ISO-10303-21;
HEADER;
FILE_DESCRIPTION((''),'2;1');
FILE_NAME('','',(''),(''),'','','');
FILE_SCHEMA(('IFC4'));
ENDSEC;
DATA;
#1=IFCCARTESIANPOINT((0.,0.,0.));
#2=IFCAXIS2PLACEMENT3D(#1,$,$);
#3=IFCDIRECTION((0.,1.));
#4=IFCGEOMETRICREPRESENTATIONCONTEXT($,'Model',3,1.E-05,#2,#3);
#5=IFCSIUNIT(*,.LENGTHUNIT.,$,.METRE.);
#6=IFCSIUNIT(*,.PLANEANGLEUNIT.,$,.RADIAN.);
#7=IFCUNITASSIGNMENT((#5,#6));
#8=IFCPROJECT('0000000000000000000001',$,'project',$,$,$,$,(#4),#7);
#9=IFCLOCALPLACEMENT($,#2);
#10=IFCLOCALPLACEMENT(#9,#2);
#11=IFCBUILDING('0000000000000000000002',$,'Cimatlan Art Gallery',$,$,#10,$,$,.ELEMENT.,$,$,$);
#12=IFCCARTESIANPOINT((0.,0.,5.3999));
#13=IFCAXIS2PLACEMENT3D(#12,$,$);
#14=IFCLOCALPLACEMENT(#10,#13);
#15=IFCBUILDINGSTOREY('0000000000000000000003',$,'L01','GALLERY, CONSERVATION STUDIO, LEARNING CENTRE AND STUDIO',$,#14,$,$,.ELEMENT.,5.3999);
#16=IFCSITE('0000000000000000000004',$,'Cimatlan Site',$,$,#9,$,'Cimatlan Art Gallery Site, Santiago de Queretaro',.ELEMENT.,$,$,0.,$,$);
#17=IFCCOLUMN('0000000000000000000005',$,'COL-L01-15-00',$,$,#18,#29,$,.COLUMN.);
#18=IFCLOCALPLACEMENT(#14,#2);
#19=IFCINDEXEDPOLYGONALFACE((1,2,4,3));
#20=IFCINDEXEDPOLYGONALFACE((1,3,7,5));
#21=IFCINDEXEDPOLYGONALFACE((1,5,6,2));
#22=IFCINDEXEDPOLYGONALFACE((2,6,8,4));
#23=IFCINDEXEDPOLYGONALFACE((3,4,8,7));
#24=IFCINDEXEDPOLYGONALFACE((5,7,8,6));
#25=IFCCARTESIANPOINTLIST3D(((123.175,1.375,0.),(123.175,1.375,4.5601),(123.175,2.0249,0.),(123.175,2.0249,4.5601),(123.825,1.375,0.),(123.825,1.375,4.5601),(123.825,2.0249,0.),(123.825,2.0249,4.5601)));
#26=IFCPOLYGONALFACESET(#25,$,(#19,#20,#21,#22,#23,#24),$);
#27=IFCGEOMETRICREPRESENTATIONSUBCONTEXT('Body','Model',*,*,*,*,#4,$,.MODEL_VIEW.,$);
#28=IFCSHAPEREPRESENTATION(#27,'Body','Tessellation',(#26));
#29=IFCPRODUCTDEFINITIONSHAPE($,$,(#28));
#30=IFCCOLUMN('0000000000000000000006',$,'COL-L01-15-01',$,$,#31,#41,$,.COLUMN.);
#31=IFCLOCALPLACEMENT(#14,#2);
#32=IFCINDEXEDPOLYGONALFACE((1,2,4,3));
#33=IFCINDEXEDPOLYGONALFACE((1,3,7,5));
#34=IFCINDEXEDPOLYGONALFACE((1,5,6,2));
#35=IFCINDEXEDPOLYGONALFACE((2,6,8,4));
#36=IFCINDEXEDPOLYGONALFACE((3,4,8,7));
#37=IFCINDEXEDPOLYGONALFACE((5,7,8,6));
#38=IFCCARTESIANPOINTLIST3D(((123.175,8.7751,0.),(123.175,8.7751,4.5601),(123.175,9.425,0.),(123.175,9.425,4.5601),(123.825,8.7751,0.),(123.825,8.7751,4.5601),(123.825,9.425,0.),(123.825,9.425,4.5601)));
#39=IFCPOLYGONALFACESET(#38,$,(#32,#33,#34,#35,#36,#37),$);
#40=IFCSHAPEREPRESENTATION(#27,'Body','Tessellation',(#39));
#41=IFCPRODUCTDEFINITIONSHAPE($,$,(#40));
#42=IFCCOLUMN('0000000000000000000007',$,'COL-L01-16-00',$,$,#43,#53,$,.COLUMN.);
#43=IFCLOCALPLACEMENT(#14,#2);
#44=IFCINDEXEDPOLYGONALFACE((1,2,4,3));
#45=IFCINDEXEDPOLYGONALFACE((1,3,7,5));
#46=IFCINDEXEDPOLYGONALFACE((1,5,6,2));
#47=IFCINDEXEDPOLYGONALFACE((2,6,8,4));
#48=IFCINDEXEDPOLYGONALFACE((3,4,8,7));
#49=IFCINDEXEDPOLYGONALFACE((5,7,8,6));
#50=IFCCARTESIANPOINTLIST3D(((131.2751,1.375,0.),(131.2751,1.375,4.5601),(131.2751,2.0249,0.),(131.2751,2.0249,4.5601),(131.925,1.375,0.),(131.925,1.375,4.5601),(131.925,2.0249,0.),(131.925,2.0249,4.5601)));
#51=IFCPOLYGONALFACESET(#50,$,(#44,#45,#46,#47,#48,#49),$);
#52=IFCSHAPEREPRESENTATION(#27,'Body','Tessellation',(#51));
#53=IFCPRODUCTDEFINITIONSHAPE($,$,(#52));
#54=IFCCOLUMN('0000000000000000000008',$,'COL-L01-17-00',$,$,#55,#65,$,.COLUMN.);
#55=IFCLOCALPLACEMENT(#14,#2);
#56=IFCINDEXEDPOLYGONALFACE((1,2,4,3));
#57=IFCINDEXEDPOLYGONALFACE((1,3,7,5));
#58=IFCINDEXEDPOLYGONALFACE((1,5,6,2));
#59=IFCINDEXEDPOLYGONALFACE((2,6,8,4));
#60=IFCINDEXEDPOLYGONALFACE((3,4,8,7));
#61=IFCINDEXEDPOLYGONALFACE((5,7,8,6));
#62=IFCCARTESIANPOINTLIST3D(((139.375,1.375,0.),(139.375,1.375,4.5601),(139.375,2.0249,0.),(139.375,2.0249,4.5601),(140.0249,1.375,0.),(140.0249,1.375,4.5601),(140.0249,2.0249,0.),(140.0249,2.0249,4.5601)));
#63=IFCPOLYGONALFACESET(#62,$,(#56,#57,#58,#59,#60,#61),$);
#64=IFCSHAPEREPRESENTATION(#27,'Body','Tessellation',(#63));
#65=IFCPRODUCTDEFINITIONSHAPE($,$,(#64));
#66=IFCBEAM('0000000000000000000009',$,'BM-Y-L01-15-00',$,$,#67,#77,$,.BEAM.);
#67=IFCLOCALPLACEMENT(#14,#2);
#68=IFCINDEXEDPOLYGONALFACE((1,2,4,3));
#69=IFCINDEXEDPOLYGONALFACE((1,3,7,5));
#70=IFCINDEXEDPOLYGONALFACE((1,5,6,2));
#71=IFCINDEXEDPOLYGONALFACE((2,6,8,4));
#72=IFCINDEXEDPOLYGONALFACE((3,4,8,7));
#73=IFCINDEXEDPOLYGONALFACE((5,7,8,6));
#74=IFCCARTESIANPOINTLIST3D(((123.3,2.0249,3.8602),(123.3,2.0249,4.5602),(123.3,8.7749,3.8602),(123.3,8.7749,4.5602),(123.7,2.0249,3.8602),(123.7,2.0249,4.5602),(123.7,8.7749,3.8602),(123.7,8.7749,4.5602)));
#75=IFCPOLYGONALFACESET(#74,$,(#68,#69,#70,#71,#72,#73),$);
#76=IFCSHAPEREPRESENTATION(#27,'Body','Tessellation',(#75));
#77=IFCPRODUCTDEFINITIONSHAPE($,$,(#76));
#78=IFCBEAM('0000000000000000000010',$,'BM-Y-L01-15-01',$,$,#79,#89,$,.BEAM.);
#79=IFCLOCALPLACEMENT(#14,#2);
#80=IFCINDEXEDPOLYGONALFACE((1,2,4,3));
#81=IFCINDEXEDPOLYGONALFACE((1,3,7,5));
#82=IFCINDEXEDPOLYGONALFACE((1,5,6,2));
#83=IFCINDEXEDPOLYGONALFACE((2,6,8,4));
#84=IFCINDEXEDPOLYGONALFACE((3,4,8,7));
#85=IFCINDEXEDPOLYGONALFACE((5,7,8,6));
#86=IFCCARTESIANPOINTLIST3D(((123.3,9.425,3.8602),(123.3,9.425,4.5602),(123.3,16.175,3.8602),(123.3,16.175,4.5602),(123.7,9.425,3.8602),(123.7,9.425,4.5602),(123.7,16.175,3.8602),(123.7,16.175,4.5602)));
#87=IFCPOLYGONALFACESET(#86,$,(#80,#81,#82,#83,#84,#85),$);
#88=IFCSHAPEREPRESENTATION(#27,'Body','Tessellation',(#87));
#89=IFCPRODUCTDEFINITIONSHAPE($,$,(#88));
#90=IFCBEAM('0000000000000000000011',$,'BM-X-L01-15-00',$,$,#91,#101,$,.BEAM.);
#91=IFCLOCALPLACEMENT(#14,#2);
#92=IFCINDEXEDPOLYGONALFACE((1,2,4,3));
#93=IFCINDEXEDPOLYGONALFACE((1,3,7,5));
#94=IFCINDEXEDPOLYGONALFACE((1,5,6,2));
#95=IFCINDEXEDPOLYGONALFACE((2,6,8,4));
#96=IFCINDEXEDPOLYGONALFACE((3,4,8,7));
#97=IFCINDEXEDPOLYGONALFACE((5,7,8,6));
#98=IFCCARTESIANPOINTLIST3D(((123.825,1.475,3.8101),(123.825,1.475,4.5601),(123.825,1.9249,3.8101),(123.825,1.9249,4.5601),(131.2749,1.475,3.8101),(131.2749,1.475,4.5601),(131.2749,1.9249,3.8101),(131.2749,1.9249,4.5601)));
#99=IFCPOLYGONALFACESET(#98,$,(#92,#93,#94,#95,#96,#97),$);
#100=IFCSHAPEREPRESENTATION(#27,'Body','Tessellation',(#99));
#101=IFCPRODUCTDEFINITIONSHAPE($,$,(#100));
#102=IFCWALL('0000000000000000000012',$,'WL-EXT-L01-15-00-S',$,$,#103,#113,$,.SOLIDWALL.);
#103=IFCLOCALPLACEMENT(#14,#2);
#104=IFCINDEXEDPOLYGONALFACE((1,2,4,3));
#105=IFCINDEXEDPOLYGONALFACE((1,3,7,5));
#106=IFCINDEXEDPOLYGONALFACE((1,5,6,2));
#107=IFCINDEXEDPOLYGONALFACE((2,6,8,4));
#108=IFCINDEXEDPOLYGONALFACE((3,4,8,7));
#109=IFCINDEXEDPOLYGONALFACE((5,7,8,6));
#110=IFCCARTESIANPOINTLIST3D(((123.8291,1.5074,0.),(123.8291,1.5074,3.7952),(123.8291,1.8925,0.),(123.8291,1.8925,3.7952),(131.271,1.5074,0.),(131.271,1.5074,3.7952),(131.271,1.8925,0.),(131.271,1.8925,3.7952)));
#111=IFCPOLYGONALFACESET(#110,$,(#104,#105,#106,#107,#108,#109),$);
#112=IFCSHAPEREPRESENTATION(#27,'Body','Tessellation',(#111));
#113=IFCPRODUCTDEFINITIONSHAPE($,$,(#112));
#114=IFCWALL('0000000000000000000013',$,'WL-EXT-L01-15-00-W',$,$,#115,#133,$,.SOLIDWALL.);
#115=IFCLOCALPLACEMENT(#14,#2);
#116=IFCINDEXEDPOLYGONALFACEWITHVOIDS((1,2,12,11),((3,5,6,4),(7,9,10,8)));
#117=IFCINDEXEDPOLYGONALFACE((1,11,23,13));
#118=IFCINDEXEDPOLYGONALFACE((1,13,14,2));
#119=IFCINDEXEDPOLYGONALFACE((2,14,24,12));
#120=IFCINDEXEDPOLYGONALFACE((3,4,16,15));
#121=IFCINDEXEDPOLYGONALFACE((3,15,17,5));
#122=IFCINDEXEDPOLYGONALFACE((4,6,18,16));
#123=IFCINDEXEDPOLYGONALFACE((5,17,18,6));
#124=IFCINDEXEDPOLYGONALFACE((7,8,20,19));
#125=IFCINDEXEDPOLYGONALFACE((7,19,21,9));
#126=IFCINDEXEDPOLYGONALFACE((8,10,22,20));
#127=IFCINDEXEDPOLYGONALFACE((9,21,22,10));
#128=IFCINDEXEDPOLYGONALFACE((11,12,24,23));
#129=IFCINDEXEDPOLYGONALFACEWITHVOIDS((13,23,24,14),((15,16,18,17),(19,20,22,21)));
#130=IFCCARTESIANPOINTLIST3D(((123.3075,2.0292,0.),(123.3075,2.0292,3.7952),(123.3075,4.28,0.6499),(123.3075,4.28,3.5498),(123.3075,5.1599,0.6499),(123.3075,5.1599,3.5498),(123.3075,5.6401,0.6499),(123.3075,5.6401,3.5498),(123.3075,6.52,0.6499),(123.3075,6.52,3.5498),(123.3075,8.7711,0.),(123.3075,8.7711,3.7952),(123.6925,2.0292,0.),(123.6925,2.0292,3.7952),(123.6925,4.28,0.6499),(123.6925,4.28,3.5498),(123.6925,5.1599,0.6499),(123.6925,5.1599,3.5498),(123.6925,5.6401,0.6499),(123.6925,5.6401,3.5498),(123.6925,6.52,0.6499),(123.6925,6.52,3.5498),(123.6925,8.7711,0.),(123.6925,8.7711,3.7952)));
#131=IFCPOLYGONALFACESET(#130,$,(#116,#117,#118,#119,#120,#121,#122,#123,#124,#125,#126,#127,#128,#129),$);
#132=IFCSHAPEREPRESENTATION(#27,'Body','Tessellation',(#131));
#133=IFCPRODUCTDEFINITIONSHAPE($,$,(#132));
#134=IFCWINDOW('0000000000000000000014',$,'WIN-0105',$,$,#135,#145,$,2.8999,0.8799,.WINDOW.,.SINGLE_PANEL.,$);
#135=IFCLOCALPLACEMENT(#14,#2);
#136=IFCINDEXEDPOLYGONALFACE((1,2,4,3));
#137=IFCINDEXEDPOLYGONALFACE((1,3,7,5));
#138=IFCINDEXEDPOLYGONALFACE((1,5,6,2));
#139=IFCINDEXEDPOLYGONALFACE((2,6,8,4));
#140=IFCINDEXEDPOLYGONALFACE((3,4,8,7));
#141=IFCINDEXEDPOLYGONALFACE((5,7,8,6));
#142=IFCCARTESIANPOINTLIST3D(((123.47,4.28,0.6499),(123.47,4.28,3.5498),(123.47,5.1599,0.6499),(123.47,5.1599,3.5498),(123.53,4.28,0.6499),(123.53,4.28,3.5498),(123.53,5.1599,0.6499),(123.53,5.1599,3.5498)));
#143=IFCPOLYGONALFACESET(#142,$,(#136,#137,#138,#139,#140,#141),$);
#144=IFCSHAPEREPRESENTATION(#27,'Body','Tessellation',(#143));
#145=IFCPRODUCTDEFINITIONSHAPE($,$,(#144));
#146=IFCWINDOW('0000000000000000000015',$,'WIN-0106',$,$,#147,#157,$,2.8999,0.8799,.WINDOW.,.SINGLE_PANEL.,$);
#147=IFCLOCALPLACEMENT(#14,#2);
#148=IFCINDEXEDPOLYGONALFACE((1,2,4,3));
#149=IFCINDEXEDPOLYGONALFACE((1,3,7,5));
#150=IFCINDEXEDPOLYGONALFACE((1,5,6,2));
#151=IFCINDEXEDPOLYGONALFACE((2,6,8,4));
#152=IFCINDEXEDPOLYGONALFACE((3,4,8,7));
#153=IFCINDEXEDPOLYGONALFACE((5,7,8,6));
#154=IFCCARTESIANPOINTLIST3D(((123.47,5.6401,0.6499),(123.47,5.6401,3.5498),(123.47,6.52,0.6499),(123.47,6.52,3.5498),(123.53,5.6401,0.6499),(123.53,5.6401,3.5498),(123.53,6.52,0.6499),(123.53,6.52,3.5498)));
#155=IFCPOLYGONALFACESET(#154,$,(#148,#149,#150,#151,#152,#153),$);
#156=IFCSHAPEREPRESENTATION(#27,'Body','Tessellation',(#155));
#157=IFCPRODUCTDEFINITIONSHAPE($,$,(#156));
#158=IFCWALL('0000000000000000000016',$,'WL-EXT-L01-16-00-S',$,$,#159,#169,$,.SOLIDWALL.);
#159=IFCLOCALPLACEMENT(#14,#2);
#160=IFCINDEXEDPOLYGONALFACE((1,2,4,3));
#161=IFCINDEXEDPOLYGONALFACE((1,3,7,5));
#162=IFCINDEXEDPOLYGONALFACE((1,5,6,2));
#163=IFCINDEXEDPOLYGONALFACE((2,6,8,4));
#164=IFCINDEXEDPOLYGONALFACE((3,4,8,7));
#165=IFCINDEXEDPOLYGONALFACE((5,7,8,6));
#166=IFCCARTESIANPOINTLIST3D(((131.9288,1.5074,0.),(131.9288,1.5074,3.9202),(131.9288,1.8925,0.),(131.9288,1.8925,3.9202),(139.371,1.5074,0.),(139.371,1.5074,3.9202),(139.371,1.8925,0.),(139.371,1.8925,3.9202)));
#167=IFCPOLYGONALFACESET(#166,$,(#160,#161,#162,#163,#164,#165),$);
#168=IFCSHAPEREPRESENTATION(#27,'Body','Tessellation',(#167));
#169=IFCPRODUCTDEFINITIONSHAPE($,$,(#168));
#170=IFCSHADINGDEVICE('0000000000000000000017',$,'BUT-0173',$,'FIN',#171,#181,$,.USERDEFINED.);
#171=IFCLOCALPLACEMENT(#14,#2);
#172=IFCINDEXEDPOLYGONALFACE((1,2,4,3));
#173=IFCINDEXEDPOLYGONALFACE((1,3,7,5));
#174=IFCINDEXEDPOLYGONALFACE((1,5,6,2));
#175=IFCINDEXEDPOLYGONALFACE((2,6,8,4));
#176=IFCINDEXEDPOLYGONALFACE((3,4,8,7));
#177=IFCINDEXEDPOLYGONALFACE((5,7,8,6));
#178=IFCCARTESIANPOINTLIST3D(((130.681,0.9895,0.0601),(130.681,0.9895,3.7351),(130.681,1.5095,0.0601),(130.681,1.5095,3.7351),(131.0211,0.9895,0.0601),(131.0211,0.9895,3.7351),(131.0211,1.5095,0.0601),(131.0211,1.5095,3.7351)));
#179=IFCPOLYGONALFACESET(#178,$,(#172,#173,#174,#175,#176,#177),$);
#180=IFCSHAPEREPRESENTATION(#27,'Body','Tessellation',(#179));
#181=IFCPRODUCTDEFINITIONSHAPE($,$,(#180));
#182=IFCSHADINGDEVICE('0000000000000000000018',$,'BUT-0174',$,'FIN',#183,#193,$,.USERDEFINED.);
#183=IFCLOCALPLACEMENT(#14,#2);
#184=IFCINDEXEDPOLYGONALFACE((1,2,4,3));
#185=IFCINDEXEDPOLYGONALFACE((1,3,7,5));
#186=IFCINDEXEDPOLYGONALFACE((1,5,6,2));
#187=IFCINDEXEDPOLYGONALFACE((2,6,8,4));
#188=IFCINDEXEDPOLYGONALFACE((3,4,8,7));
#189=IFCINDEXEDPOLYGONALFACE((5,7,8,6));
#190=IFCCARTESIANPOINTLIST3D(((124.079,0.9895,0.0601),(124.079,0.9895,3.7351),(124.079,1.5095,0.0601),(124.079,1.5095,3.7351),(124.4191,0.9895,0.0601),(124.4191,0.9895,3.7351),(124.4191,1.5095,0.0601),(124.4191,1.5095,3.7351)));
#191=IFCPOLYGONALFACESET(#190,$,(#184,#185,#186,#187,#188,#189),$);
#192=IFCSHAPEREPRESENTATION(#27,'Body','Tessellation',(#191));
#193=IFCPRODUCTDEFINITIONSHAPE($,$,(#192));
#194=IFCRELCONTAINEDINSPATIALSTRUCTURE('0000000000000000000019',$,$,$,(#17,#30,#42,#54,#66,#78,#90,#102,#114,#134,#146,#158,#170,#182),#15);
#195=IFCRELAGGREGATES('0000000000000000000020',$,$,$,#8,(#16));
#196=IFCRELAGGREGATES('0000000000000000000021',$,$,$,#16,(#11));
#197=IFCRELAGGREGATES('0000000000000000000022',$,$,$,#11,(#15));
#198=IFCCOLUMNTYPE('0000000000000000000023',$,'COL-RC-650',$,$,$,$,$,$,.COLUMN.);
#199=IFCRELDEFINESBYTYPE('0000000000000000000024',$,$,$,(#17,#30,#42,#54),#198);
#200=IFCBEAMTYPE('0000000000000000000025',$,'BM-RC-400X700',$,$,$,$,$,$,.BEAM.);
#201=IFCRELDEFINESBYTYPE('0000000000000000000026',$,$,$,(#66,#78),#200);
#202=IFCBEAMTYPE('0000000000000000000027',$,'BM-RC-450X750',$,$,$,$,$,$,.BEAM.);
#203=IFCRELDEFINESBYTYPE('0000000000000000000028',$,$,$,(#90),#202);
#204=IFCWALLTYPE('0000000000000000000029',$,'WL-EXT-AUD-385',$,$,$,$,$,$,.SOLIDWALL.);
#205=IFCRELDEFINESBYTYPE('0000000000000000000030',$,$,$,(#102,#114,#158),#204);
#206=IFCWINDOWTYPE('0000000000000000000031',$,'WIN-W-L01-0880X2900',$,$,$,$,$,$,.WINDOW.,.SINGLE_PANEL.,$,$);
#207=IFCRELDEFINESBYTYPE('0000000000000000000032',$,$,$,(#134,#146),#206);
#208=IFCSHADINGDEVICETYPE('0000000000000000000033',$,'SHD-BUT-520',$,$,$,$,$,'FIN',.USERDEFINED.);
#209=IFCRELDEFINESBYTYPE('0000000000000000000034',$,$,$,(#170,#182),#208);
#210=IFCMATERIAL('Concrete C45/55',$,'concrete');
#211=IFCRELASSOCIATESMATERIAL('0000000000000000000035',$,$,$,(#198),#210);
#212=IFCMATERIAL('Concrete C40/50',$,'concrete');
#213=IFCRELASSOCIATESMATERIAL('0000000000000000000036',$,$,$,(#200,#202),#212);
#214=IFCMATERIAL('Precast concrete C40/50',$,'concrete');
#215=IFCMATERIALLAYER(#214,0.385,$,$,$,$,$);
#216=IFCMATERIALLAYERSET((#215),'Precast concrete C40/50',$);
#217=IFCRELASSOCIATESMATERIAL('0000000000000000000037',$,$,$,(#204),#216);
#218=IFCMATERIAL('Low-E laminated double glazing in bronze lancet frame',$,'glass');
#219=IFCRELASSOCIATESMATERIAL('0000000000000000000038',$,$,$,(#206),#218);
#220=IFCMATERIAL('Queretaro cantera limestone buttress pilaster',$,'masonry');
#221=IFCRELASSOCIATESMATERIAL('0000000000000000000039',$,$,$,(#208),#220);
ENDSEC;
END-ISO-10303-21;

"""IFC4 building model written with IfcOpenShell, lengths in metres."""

from ifc_helpers import new_model, si_unit, direction, frame, frame_2d, origin, origin_2d, place, context, subcontext, project, spatial, rectangle, extrude, material, layer, layer_set, material_profile, profile_set, type_object, element, fill, save


model = new_model("IFC4")

# Units and contexts
model_context = context("Model", 3, precision=1e-05, world=origin(), true_north=direction((0.0, 1.0)))
body_context = subcontext(model_context, "Body", "Model", "MODEL_VIEW")
ifc_project = project(units=[si_unit("LENGTHUNIT", "METRE"), si_unit("PLANEANGLEUNIT", "RADIAN")], contexts=[model_context])

# Site, building, storey
site_placement = place(None, origin())
site = spatial("IfcSite", under=ifc_project, at=site_placement, Name="Cimatlan Site", LongName="Cimatlan Art Gallery Site, Santiago de Queretaro", CompositionType="ELEMENT", RefElevation=0.0)
building_placement = place(site_placement, origin())
building = spatial("IfcBuilding", under=site, at=building_placement, Name="Cimatlan Art Gallery", CompositionType="ELEMENT")
storey_placement = place(building_placement, frame((0.0, 0.0, 5.3999)))
storey = spatial("IfcBuildingStorey", under=building, at=storey_placement, Name="L01", Description="GALLERY, CONSERVATION STUDIO, LEARNING CENTRE AND STUDIO", CompositionType="ELEMENT", Elevation=5.3999)

# Columns
ifc_material_1 = material(Name="Concrete C45/55", Category="concrete")
ifc_material_profile_1 = material_profile(ifc_material_1, rectangle(XDim=0.6499, YDim=0.6499, at=origin_2d()), Name="RC650X650")
ifc_profile_set_1 = profile_set([ifc_material_profile_1], Name="Concrete C45/55")
column_type = type_object("IfcColumnType", Name="COL-RC-650", PredefinedType="COLUMN", material=ifc_profile_set_1)
for number, where, z_axis, x_axis, name in (
    (1, (123.5, 1.7, 0.0), (0.0, 0.0, 1.0), (1.0, 0.0, 0.0), "COL-L01-15-00"),
    (2, (123.5, 9.1001, 0.0), (0.0, 0.0, 1.0), (1.0, 0.0, 0.0), "COL-L01-15-01"),
    (3, (131.6001, 1.7, 0.0), (0.0, 0.0, 1.0), (1.0, 0.0, 0.0), "COL-L01-16-00"),
    (4, (139.7, 1.7, 0.0), (0.0, 0.0, 1.0), (1.0, 0.0, 0.0), "COL-L01-17-00"),
):
    element("IfcColumn", number, at=place(storey_placement, frame(where, z_axis=z_axis, x_axis=x_axis)), inside=storey, type_object=column_type, Name=name, PredefinedType="COLUMN", context=body_context, shape_type="SweptSolid", body=[
        extrude(rectangle(XDim=0.6499, YDim=0.6499, at=origin_2d()), origin(), (0.0, 0.0, 1.0), 4.5601),
    ])

# Beams
ifc_material_2 = material(Name="Concrete C40/50", Category="concrete")
ifc_material_profile_2 = material_profile(ifc_material_2, rectangle(XDim=0.3999, YDim=0.7, at=origin_2d()), Name="RC400X700")
ifc_profile_set_2 = profile_set([ifc_material_profile_2], Name="Concrete C40/50")
beam_type_1 = type_object("IfcBeamType", Name="BM-RC-400X700", PredefinedType="BEAM", material=ifc_profile_set_2)
for number, where, z_axis, x_axis, name in (
    (5, (123.5, 2.0249, 4.2102), (0.0, 1.0, 0.0), (-1.0, 0.0, 0.0), "BM-Y-L01-15-00"),
    (6, (123.5, 9.425, 4.2102), (0.0, 1.0, 0.0), (-1.0, 0.0, 0.0), "BM-Y-L01-15-01"),
):
    element("IfcBeam", number, at=place(storey_placement, frame(where, z_axis=z_axis, x_axis=x_axis)), inside=storey, type_object=beam_type_1, Name=name, PredefinedType="BEAM", context=body_context, shape_type="SweptSolid", body=[
        extrude(rectangle(XDim=0.3999, YDim=0.7, at=origin_2d()), origin(), (0.0, 0.0, 1.0), 6.75),
    ])
ifc_material_profile_3 = material_profile(ifc_material_2, rectangle(XDim=0.45, YDim=0.75, at=origin_2d()), Name="RC450X750")
ifc_profile_set_3 = profile_set([ifc_material_profile_3], Name="Concrete C40/50")
beam_type_2 = type_object("IfcBeamType", Name="BM-RC-450X750", PredefinedType="BEAM", material=ifc_profile_set_3)
beam_placement = place(storey_placement, frame((123.825, 1.7, 4.1851), z_axis=(1.0, 0.0, 0.0), x_axis=(0.0, 1.0, 0.0)))
element("IfcBeam", 7, at=beam_placement, inside=storey, type_object=beam_type_2, Name="BM-X-L01-15-00", PredefinedType="BEAM", context=body_context, shape_type="SweptSolid", body=[
    extrude(rectangle(XDim=0.45, YDim=0.75, at=origin_2d()), origin(), (0.0, 0.0, 1.0), 7.45),
])

# Wall
ifc_material_3 = material(Name="Precast concrete C40/50", Category="concrete")
ifc_layer = layer(ifc_material_3, 0.385)
ifc_layer_set = layer_set([ifc_layer], Name="Precast concrete C40/50")
wall_type = type_object("IfcWallType", Name="WL-EXT-AUD-385", PredefinedType="SOLIDWALL", material=ifc_layer_set)
wall_1_placement = place(storey_placement, frame((131.271, 1.7, 0.0), z_axis=(0.0, 0.0, 1.0), x_axis=(-1.0, 0.0, 0.0)))
element("IfcWall", 8, at=wall_1_placement, inside=storey, type_object=wall_type, Name="WL-EXT-L01-15-00-S", PredefinedType="SOLIDWALL", context=body_context, shape_type="SweptSolid", body=[
    extrude(rectangle(XDim=7.4419, YDim=0.385, at=frame_2d((3.7209, 0.0))), origin(), (0.0, 0.0, 1.0), 3.7952),
])

# Wall, openings, windows
wall_2_placement = place(storey_placement, frame((123.5, 2.0291, 0.0), z_axis=(0.0, 0.0, 1.0), x_axis=(0.0, 1.0, 0.0)))
wall_2 = element("IfcWall", 9, at=wall_2_placement, inside=storey, type_object=wall_type, Name="WL-EXT-L01-15-00-W", PredefinedType="SOLIDWALL", context=body_context, shape_type="SweptSolid", body=[
    extrude(rectangle(XDim=6.7419, YDim=0.385, at=frame_2d((3.3711, 0.0))), origin(), (0.0, 0.0, 1.0), 3.7952),
])
opening_1_placement = place(wall_2_placement, frame((2.251, 0.0, 0.6499)))
opening_1 = element("IfcOpeningElement", 10, at=opening_1_placement, cuts=wall_2, PredefinedType="OPENING", context=body_context, shape_type="SweptSolid", body=[
    extrude(rectangle(XDim=0.8799, YDim=2.8999, at=frame_2d((0.4399, 1.45))), frame((0.0, 0.2026, 0.0), z_axis=(0.0, -1.0, 0.0), x_axis=(1.0, 0.0, 0.0)), (0.0, 0.0, 1.0), 0.405),
])
opening_2_placement = place(wall_2_placement, frame((3.6111, 0.0, 0.6499)))
opening_2 = element("IfcOpeningElement", 11, at=opening_2_placement, cuts=wall_2, PredefinedType="OPENING", context=body_context, shape_type="SweptSolid", body=[
    extrude(rectangle(XDim=0.8799, YDim=2.8999, at=frame_2d((0.4399, 1.45))), frame((0.0, 0.2026, 0.0), z_axis=(0.0, -1.0, 0.0), x_axis=(1.0, 0.0, 0.0)), (0.0, 0.0, 1.0), 0.405),
])
ifc_material_4 = material(Name="Low-E laminated double glazing in bronze lancet frame", Category="glass")
window_type = type_object("IfcWindowType", Name="WIN-W-L01-0880X2900", PartitioningType="SINGLE_PANEL", PredefinedType="WINDOW", material=ifc_material_4)
window_1_placement = place(opening_1_placement, origin())
window_1 = element("IfcWindow", 12, at=window_1_placement, inside=storey, type_object=window_type, Name="WIN-0105", OverallHeight=2.8999, OverallWidth=0.8799, PartitioningType="SINGLE_PANEL", PredefinedType="WINDOW", context=body_context, shape_type="SweptSolid", body=[
    extrude(rectangle(XDim=0.8799, YDim=2.8999, at=frame_2d((0.4399, 1.45))), frame((0.0, 0.03, 0.0), z_axis=(0.0, -1.0, 0.0), x_axis=(1.0, 0.0, 0.0)), (0.0, 0.0, 1.0), 0.0601),
])
fill(opening_1, window_1)
window_2_placement = place(opening_2_placement, origin())
window_2 = element("IfcWindow", 13, at=window_2_placement, inside=storey, type_object=window_type, Name="WIN-0106", OverallHeight=2.8999, OverallWidth=0.8799, PartitioningType="SINGLE_PANEL", PredefinedType="WINDOW", context=body_context, shape_type="SweptSolid", body=[
    extrude(rectangle(XDim=0.8799, YDim=2.8999, at=frame_2d((0.4399, 1.45))), frame((0.0, 0.03, 0.0), z_axis=(0.0, -1.0, 0.0), x_axis=(1.0, 0.0, 0.0)), (0.0, 0.0, 1.0), 0.0601),
])
fill(opening_2, window_2)

# Wall
wall_3_placement = place(storey_placement, frame((139.3711, 1.7, 0.0), z_axis=(0.0, 0.0, 1.0), x_axis=(-1.0, 0.0, 0.0)))
element("IfcWall", 14, at=wall_3_placement, inside=storey, type_object=wall_type, Name="WL-EXT-L01-16-00-S", PredefinedType="SOLIDWALL", context=body_context, shape_type="SweptSolid", body=[
    extrude(rectangle(XDim=7.4421, YDim=0.385, at=frame_2d((3.7212, 0.0))), origin(), (0.0, 0.0, 1.0), 3.9202),
])

# Shading devices
ifc_material_5 = material(Name="Queretaro cantera limestone buttress pilaster", Category="masonry")
shading_device_type_1 = type_object("IfcShadingDeviceType", Name="SHD-BUT-520", ElementType="FIN", PredefinedType="USERDEFINED", material=ifc_material_5)
for number, where, z_axis, x_axis, name in (
    (15, (130.8511, 1.2495, 0.0601), (0.0, 0.0, 1.0), (-1.0, 0.0, 0.0), "BUT-0173"),
    (16, (124.249, 1.2495, 0.0601), (0.0, 0.0, 1.0), (-1.0, 0.0, 0.0), "BUT-0174"),
):
    element("IfcShadingDevice", number, at=place(storey_placement, frame(where, z_axis=z_axis, x_axis=x_axis)), inside=storey, type_object=shading_device_type_1, Name=name, ObjectType="FIN", PredefinedType="USERDEFINED", context=body_context, shape_type="SweptSolid", body=[
        extrude(rectangle(XDim=0.3401, YDim=0.52, at=origin_2d()), origin(), (0.0, 0.0, 1.0), 3.675),
    ])

save(model, "model.ifc")
